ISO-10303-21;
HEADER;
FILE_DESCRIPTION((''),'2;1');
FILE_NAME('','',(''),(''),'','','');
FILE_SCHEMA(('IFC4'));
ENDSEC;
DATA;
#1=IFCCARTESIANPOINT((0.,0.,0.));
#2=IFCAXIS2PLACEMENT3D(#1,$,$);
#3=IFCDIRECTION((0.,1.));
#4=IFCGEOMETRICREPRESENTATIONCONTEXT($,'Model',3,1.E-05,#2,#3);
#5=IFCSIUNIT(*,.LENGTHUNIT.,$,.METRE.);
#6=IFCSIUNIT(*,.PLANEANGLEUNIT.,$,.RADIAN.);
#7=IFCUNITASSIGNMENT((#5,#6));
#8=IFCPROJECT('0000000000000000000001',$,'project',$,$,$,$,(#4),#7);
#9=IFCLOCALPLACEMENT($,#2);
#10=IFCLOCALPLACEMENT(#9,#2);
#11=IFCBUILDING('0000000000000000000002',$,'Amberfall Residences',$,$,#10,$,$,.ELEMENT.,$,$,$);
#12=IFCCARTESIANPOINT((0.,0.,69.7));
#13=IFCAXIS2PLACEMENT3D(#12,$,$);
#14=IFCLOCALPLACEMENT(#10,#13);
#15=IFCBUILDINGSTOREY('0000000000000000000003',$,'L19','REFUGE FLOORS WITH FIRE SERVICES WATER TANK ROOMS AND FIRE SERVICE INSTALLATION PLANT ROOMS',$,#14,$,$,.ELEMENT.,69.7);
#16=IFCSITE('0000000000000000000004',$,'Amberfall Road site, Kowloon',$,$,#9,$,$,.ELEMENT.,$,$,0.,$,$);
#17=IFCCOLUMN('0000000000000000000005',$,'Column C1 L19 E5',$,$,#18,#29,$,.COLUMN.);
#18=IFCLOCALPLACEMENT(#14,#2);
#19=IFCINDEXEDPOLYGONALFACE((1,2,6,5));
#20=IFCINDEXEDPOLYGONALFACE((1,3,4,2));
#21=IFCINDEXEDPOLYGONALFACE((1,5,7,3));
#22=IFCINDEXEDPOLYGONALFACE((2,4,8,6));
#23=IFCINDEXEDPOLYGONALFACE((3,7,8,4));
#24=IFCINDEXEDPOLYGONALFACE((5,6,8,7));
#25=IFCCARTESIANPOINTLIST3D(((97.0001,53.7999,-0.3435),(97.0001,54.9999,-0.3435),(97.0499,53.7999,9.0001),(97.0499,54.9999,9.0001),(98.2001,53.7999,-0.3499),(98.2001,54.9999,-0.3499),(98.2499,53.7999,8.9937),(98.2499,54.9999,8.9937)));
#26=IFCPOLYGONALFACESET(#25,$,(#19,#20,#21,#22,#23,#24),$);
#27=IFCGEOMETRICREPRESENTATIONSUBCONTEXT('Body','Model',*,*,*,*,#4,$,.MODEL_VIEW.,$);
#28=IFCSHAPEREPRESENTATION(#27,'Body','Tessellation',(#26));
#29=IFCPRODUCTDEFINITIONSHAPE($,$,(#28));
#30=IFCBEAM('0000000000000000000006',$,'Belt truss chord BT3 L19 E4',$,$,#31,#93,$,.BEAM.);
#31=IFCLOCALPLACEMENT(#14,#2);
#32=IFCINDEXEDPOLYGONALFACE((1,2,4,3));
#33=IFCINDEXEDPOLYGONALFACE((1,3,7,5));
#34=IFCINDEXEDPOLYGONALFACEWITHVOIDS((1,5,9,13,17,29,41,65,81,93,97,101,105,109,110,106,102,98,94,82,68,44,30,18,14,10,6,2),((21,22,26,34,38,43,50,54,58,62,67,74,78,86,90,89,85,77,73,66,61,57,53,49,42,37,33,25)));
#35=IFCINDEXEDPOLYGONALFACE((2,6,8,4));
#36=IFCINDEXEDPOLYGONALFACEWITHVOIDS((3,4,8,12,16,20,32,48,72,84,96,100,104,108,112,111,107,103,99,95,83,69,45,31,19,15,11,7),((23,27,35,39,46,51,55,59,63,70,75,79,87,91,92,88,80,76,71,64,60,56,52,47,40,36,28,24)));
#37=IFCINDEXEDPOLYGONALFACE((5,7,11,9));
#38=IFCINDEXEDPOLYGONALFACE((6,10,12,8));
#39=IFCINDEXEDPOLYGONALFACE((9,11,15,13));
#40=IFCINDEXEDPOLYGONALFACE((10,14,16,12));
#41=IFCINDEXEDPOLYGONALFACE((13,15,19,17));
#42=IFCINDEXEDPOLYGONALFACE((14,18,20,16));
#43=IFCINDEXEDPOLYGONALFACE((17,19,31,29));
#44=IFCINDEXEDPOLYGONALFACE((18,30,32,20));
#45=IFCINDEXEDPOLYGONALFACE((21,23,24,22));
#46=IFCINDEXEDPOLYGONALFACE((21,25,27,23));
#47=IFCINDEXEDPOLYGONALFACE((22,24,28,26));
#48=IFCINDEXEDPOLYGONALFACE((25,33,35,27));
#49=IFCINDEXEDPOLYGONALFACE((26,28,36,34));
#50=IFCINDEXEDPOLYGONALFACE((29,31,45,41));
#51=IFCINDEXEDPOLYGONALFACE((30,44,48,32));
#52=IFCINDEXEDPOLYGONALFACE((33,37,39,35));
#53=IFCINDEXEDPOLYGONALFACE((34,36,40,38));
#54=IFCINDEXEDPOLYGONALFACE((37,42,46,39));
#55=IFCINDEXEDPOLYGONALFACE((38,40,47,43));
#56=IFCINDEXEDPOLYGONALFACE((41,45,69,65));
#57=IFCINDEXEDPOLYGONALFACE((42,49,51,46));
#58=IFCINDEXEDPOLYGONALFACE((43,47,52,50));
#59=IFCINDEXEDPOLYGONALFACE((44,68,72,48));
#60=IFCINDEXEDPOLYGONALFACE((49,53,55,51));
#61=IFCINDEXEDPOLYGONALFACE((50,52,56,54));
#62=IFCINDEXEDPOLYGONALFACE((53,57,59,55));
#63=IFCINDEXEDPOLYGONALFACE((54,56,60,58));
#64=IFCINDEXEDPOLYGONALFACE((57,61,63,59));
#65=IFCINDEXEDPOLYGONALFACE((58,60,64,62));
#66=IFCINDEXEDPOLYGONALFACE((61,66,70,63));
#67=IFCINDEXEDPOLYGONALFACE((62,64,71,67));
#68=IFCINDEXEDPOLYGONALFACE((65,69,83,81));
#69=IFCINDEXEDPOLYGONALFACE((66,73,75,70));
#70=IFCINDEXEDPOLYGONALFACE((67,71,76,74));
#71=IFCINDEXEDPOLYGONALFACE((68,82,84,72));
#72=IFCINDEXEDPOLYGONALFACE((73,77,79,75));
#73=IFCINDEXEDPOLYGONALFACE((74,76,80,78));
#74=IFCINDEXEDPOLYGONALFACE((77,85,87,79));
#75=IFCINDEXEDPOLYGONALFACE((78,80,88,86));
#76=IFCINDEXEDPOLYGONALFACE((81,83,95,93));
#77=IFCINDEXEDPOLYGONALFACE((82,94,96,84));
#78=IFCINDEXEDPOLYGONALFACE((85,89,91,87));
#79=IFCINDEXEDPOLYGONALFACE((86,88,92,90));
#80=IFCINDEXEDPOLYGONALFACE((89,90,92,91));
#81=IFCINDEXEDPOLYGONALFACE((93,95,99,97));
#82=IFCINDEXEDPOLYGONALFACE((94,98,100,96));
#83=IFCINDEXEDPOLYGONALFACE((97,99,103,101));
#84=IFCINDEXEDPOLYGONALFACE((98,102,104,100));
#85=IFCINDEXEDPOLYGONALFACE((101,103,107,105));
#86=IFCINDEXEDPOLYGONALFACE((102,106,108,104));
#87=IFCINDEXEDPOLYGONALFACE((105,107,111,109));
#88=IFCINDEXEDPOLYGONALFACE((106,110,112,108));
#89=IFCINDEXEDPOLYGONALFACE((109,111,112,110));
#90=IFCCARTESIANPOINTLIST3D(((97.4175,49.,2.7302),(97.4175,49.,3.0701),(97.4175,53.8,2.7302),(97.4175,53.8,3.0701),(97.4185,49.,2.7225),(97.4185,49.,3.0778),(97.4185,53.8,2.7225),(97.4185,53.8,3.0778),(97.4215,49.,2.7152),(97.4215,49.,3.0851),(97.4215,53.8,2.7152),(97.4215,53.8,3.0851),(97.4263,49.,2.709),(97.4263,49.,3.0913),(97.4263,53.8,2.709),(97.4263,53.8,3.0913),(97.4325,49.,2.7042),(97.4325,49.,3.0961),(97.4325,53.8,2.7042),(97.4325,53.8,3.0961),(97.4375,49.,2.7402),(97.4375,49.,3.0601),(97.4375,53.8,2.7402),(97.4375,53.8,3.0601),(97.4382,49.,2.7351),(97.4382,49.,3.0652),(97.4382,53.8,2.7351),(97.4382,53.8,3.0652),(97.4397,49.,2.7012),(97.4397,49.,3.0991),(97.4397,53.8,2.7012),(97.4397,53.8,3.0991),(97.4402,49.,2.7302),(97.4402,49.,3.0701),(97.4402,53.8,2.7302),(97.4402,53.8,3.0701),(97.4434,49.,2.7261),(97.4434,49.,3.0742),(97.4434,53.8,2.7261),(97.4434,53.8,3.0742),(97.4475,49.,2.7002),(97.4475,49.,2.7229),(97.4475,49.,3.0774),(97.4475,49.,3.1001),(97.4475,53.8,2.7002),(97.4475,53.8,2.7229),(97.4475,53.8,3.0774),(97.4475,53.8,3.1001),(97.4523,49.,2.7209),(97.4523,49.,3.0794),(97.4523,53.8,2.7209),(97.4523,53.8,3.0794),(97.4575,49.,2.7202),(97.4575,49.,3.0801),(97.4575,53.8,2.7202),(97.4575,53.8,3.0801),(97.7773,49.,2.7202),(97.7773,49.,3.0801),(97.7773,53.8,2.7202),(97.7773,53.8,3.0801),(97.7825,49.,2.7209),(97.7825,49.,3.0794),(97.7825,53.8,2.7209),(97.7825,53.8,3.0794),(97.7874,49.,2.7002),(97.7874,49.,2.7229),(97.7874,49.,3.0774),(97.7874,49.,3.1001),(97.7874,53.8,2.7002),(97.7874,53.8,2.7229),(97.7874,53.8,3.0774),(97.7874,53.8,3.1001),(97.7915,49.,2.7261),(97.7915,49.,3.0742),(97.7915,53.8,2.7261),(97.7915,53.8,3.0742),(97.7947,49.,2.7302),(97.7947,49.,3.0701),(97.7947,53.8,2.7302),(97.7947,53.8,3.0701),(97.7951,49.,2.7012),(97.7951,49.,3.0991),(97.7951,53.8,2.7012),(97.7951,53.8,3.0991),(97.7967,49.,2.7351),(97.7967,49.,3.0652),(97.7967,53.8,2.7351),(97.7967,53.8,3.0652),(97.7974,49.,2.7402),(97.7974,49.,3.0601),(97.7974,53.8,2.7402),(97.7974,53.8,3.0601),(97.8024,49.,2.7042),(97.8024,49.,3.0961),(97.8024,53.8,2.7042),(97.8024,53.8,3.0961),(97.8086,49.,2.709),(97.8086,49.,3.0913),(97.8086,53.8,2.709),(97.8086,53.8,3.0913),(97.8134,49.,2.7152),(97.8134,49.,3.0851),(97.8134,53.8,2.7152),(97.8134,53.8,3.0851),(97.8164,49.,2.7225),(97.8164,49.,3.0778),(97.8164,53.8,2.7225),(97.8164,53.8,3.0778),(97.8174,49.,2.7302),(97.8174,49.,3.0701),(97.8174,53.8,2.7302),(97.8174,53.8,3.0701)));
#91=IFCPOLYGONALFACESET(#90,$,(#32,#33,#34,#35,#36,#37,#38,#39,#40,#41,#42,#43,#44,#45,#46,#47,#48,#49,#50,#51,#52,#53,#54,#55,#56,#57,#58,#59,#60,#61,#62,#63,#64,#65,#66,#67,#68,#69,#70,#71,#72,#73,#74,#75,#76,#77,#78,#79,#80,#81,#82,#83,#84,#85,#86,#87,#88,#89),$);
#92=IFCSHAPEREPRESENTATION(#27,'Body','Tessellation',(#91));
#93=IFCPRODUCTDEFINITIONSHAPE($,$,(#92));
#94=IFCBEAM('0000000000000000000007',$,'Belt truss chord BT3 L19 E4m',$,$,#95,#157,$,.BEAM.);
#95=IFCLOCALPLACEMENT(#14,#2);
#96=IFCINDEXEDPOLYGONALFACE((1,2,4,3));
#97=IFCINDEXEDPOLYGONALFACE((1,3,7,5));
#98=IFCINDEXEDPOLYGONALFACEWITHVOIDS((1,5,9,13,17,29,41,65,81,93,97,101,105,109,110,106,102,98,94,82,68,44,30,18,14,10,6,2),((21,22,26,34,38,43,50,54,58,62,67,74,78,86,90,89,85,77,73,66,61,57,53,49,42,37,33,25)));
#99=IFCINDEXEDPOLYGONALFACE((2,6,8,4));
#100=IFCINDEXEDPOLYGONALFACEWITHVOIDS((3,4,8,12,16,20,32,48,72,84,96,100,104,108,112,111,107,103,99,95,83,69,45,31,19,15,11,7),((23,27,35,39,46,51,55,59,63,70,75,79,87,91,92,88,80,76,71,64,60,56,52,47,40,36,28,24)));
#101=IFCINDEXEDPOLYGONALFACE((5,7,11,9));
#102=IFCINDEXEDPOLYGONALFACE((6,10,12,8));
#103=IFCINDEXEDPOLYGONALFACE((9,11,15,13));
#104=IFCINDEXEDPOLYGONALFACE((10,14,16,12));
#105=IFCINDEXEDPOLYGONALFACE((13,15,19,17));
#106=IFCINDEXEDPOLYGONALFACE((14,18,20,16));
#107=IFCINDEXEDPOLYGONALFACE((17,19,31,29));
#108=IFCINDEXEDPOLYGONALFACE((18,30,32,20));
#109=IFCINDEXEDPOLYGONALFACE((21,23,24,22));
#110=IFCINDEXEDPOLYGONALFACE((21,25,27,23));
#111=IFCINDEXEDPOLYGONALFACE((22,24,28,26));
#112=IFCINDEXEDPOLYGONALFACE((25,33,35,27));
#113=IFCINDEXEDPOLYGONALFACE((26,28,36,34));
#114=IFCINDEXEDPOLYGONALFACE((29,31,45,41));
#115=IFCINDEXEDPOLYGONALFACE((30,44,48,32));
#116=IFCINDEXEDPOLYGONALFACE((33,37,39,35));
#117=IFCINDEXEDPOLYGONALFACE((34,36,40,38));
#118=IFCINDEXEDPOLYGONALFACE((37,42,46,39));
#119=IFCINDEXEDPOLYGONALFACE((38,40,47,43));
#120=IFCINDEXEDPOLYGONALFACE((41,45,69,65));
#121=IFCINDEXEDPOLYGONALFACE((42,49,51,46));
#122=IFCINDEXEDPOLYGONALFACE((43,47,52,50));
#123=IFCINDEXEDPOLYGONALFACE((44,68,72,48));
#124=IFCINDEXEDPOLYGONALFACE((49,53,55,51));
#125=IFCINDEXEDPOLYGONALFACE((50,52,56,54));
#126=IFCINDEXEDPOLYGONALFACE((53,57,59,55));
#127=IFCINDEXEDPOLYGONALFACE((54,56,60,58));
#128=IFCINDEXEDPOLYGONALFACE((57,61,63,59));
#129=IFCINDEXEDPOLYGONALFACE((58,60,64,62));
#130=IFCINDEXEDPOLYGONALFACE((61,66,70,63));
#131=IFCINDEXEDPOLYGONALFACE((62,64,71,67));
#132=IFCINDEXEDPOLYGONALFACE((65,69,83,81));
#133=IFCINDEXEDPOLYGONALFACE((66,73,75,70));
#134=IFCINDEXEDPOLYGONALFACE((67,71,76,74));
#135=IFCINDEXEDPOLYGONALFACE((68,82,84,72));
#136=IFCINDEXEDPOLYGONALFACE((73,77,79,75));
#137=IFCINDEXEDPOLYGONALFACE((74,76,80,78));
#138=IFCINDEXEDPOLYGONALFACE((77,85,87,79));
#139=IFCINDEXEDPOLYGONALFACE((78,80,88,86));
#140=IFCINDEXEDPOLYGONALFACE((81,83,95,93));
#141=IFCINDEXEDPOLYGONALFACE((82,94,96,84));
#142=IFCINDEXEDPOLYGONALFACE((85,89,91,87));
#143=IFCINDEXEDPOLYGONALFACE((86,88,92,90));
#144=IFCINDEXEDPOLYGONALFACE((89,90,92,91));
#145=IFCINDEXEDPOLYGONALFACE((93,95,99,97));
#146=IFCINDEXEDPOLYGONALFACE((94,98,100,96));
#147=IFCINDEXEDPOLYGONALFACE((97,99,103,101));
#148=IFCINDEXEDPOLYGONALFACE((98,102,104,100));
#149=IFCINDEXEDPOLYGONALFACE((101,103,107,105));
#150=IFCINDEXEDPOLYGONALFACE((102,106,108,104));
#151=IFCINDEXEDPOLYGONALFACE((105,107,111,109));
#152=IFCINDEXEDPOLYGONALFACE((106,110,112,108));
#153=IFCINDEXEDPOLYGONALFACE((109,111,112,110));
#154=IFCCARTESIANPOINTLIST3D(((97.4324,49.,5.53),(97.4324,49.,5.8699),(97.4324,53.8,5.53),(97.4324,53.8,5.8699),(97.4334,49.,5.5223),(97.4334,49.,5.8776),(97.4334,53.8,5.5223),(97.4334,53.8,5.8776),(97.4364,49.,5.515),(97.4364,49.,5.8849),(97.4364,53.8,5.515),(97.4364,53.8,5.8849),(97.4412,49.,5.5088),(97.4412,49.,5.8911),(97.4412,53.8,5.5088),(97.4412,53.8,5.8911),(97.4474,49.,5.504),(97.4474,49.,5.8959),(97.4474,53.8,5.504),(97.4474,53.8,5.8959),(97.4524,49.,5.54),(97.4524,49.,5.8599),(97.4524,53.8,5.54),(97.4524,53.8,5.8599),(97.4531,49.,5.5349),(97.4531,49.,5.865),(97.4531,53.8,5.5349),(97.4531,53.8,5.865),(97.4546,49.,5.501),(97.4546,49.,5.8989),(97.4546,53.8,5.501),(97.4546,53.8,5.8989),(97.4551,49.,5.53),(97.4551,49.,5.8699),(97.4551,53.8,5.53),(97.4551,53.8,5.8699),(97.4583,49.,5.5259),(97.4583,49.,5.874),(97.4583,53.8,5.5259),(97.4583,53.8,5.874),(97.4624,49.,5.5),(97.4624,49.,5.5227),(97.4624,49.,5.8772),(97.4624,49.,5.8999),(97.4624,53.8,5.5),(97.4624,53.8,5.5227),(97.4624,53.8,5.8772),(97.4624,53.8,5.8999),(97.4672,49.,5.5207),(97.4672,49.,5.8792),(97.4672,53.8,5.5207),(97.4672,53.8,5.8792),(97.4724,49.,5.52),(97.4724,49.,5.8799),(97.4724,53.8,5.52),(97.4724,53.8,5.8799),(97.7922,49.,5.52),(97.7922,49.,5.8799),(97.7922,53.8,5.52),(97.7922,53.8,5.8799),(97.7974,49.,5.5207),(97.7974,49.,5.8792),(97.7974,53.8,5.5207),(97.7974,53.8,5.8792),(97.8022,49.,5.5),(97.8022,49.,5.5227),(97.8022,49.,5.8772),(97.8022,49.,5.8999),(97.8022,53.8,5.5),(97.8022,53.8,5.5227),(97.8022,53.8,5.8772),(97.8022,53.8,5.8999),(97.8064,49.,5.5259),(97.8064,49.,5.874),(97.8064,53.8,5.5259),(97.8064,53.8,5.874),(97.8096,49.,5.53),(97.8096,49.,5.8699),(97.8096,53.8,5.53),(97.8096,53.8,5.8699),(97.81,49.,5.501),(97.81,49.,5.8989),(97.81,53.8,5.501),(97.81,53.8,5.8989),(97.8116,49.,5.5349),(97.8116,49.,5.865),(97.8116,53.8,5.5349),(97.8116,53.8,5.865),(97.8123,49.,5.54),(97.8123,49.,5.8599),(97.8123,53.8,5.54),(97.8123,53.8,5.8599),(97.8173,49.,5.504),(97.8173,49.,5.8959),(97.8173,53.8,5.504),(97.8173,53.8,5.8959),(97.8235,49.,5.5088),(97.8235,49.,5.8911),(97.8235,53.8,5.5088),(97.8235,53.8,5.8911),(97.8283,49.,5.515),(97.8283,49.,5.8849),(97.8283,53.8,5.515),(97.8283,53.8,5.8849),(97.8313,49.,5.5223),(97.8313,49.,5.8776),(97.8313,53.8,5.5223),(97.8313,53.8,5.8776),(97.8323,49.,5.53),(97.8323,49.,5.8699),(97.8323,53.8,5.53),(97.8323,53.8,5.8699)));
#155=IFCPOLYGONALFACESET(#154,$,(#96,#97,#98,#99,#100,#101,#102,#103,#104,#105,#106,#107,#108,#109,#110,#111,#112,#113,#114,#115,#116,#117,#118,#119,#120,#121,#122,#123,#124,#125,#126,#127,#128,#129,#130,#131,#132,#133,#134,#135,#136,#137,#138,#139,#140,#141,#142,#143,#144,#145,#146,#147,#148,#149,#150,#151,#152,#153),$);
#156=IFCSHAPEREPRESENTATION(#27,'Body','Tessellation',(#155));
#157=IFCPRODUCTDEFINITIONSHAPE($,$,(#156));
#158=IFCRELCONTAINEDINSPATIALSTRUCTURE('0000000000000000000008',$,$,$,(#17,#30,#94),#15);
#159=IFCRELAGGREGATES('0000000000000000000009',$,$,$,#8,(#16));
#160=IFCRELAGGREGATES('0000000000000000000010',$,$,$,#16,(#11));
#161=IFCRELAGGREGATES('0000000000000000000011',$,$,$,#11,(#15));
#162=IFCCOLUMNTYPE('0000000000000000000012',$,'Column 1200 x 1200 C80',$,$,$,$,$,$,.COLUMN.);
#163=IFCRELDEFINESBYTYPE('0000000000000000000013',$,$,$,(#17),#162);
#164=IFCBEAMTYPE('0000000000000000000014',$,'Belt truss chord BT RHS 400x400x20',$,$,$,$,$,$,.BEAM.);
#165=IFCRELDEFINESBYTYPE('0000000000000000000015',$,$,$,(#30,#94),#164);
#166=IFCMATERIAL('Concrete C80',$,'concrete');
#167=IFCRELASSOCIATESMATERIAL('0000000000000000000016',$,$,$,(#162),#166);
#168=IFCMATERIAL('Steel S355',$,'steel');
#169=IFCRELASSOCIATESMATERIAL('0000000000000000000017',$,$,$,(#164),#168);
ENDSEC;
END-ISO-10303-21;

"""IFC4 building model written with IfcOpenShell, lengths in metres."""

from ifc_helpers import new_model, si_unit, direction, frame, origin, origin_2d, place, context, subcontext, project, spatial, rectangle, hollow_rectangle, extrude, material, material_profile, profile_set, type_object, element, save


model = new_model("IFC4")

# Units and contexts
model_context = context("Model", 3, precision=1e-05, world=origin(), true_north=direction((0.0, 1.0)))
body_context = subcontext(model_context, "Body", "Model", "MODEL_VIEW")
ifc_project = project(units=[si_unit("LENGTHUNIT", "METRE"), si_unit("PLANEANGLEUNIT", "RADIAN")], contexts=[model_context])

# Site, building, storey
site_placement = place(None, origin())
site = spatial("IfcSite", under=ifc_project, at=site_placement, Name="Amberfall Road site, Kowloon", CompositionType="ELEMENT", RefElevation=0.0)
building_placement = place(site_placement, origin())
building = spatial("IfcBuilding", under=site, at=building_placement, Name="Amberfall Residences", CompositionType="ELEMENT")
storey_placement = place(building_placement, frame((0.0, 0.0, 69.7)))
storey = spatial("IfcBuildingStorey", under=building, at=storey_placement, Name="L19", Description="REFUGE FLOORS WITH FIRE SERVICES WATER TANK ROOMS AND FIRE SERVICE INSTALLATION PLANT ROOMS", CompositionType="ELEMENT", Elevation=69.7)

# Column
ifc_material_1 = material(Name="Concrete C80", Category="concrete")
ifc_material_profile_1 = material_profile(ifc_material_1, rectangle(XDim=1.2, YDim=1.2, at=origin_2d()), Name="Column 1200 x 1200 C80")
ifc_profile_set_1 = profile_set([ifc_material_profile_1], Name="Concrete C80")
column_type = type_object("IfcColumnType", Name="Column 1200 x 1200 C80", PredefinedType="COLUMN", material=ifc_profile_set_1)
column_placement = place(storey_placement, frame((97.6001, 54.3999, -0.3467), z_axis=(0.00533, 0.0, 0.999986), x_axis=(0.0, 1.0, 0.0)))
element("IfcColumn", 1, at=column_placement, inside=storey, type_object=column_type, Name="Column C1 L19 E5", PredefinedType="COLUMN", context=body_context, shape_type="SweptSolid", body=[
    extrude(rectangle(XDim=1.2, YDim=1.2, at=origin_2d()), origin(), (0.0, 0.0, 1.0), 9.3438),
])

# Beams
ifc_material_2 = material(Name="Steel S355", Category="steel")
ifc_material_profile_2 = material_profile(ifc_material_2, hollow_rectangle(XDim=0.3999, YDim=0.3999, WallThickness=0.02, InnerFilletRadius=0.02, OuterFilletRadius=0.03, at=origin_2d()), Name="RHS 400x400x20")
ifc_profile_set_2 = profile_set([ifc_material_profile_2], Name="Steel S355")
beam_type_1 = type_object("IfcBeamType", Name="Belt truss chord BT RHS 400x400x20", PredefinedType="BEAM", material=ifc_profile_set_2)
for number, where, z_axis, x_axis, name in (
    (2, (97.6174, 49.0, 2.9001), (0.0, 1.0, 0.0), (-1.0, 0.0, 0.0), "Belt truss chord BT3 L19 E4"),
    (3, (97.6323, 49.0, 5.7), (0.0, 1.0, 0.0), (-1.0, 0.0, 0.0), "Belt truss chord BT3 L19 E4m"),
):
    element("IfcBeam", number, at=place(storey_placement, frame(where, z_axis=z_axis, x_axis=x_axis)), inside=storey, type_object=beam_type_1, Name=name, PredefinedType="BEAM", context=body_context, shape_type="SweptSolid", body=[
        extrude(hollow_rectangle(XDim=0.3999, YDim=0.3999, WallThickness=0.02, InnerFilletRadius=0.02, OuterFilletRadius=0.03, at=origin_2d()), origin(), (0.0, 0.0, 1.0), 4.8),
    ])

save(model, "model.ifc")
